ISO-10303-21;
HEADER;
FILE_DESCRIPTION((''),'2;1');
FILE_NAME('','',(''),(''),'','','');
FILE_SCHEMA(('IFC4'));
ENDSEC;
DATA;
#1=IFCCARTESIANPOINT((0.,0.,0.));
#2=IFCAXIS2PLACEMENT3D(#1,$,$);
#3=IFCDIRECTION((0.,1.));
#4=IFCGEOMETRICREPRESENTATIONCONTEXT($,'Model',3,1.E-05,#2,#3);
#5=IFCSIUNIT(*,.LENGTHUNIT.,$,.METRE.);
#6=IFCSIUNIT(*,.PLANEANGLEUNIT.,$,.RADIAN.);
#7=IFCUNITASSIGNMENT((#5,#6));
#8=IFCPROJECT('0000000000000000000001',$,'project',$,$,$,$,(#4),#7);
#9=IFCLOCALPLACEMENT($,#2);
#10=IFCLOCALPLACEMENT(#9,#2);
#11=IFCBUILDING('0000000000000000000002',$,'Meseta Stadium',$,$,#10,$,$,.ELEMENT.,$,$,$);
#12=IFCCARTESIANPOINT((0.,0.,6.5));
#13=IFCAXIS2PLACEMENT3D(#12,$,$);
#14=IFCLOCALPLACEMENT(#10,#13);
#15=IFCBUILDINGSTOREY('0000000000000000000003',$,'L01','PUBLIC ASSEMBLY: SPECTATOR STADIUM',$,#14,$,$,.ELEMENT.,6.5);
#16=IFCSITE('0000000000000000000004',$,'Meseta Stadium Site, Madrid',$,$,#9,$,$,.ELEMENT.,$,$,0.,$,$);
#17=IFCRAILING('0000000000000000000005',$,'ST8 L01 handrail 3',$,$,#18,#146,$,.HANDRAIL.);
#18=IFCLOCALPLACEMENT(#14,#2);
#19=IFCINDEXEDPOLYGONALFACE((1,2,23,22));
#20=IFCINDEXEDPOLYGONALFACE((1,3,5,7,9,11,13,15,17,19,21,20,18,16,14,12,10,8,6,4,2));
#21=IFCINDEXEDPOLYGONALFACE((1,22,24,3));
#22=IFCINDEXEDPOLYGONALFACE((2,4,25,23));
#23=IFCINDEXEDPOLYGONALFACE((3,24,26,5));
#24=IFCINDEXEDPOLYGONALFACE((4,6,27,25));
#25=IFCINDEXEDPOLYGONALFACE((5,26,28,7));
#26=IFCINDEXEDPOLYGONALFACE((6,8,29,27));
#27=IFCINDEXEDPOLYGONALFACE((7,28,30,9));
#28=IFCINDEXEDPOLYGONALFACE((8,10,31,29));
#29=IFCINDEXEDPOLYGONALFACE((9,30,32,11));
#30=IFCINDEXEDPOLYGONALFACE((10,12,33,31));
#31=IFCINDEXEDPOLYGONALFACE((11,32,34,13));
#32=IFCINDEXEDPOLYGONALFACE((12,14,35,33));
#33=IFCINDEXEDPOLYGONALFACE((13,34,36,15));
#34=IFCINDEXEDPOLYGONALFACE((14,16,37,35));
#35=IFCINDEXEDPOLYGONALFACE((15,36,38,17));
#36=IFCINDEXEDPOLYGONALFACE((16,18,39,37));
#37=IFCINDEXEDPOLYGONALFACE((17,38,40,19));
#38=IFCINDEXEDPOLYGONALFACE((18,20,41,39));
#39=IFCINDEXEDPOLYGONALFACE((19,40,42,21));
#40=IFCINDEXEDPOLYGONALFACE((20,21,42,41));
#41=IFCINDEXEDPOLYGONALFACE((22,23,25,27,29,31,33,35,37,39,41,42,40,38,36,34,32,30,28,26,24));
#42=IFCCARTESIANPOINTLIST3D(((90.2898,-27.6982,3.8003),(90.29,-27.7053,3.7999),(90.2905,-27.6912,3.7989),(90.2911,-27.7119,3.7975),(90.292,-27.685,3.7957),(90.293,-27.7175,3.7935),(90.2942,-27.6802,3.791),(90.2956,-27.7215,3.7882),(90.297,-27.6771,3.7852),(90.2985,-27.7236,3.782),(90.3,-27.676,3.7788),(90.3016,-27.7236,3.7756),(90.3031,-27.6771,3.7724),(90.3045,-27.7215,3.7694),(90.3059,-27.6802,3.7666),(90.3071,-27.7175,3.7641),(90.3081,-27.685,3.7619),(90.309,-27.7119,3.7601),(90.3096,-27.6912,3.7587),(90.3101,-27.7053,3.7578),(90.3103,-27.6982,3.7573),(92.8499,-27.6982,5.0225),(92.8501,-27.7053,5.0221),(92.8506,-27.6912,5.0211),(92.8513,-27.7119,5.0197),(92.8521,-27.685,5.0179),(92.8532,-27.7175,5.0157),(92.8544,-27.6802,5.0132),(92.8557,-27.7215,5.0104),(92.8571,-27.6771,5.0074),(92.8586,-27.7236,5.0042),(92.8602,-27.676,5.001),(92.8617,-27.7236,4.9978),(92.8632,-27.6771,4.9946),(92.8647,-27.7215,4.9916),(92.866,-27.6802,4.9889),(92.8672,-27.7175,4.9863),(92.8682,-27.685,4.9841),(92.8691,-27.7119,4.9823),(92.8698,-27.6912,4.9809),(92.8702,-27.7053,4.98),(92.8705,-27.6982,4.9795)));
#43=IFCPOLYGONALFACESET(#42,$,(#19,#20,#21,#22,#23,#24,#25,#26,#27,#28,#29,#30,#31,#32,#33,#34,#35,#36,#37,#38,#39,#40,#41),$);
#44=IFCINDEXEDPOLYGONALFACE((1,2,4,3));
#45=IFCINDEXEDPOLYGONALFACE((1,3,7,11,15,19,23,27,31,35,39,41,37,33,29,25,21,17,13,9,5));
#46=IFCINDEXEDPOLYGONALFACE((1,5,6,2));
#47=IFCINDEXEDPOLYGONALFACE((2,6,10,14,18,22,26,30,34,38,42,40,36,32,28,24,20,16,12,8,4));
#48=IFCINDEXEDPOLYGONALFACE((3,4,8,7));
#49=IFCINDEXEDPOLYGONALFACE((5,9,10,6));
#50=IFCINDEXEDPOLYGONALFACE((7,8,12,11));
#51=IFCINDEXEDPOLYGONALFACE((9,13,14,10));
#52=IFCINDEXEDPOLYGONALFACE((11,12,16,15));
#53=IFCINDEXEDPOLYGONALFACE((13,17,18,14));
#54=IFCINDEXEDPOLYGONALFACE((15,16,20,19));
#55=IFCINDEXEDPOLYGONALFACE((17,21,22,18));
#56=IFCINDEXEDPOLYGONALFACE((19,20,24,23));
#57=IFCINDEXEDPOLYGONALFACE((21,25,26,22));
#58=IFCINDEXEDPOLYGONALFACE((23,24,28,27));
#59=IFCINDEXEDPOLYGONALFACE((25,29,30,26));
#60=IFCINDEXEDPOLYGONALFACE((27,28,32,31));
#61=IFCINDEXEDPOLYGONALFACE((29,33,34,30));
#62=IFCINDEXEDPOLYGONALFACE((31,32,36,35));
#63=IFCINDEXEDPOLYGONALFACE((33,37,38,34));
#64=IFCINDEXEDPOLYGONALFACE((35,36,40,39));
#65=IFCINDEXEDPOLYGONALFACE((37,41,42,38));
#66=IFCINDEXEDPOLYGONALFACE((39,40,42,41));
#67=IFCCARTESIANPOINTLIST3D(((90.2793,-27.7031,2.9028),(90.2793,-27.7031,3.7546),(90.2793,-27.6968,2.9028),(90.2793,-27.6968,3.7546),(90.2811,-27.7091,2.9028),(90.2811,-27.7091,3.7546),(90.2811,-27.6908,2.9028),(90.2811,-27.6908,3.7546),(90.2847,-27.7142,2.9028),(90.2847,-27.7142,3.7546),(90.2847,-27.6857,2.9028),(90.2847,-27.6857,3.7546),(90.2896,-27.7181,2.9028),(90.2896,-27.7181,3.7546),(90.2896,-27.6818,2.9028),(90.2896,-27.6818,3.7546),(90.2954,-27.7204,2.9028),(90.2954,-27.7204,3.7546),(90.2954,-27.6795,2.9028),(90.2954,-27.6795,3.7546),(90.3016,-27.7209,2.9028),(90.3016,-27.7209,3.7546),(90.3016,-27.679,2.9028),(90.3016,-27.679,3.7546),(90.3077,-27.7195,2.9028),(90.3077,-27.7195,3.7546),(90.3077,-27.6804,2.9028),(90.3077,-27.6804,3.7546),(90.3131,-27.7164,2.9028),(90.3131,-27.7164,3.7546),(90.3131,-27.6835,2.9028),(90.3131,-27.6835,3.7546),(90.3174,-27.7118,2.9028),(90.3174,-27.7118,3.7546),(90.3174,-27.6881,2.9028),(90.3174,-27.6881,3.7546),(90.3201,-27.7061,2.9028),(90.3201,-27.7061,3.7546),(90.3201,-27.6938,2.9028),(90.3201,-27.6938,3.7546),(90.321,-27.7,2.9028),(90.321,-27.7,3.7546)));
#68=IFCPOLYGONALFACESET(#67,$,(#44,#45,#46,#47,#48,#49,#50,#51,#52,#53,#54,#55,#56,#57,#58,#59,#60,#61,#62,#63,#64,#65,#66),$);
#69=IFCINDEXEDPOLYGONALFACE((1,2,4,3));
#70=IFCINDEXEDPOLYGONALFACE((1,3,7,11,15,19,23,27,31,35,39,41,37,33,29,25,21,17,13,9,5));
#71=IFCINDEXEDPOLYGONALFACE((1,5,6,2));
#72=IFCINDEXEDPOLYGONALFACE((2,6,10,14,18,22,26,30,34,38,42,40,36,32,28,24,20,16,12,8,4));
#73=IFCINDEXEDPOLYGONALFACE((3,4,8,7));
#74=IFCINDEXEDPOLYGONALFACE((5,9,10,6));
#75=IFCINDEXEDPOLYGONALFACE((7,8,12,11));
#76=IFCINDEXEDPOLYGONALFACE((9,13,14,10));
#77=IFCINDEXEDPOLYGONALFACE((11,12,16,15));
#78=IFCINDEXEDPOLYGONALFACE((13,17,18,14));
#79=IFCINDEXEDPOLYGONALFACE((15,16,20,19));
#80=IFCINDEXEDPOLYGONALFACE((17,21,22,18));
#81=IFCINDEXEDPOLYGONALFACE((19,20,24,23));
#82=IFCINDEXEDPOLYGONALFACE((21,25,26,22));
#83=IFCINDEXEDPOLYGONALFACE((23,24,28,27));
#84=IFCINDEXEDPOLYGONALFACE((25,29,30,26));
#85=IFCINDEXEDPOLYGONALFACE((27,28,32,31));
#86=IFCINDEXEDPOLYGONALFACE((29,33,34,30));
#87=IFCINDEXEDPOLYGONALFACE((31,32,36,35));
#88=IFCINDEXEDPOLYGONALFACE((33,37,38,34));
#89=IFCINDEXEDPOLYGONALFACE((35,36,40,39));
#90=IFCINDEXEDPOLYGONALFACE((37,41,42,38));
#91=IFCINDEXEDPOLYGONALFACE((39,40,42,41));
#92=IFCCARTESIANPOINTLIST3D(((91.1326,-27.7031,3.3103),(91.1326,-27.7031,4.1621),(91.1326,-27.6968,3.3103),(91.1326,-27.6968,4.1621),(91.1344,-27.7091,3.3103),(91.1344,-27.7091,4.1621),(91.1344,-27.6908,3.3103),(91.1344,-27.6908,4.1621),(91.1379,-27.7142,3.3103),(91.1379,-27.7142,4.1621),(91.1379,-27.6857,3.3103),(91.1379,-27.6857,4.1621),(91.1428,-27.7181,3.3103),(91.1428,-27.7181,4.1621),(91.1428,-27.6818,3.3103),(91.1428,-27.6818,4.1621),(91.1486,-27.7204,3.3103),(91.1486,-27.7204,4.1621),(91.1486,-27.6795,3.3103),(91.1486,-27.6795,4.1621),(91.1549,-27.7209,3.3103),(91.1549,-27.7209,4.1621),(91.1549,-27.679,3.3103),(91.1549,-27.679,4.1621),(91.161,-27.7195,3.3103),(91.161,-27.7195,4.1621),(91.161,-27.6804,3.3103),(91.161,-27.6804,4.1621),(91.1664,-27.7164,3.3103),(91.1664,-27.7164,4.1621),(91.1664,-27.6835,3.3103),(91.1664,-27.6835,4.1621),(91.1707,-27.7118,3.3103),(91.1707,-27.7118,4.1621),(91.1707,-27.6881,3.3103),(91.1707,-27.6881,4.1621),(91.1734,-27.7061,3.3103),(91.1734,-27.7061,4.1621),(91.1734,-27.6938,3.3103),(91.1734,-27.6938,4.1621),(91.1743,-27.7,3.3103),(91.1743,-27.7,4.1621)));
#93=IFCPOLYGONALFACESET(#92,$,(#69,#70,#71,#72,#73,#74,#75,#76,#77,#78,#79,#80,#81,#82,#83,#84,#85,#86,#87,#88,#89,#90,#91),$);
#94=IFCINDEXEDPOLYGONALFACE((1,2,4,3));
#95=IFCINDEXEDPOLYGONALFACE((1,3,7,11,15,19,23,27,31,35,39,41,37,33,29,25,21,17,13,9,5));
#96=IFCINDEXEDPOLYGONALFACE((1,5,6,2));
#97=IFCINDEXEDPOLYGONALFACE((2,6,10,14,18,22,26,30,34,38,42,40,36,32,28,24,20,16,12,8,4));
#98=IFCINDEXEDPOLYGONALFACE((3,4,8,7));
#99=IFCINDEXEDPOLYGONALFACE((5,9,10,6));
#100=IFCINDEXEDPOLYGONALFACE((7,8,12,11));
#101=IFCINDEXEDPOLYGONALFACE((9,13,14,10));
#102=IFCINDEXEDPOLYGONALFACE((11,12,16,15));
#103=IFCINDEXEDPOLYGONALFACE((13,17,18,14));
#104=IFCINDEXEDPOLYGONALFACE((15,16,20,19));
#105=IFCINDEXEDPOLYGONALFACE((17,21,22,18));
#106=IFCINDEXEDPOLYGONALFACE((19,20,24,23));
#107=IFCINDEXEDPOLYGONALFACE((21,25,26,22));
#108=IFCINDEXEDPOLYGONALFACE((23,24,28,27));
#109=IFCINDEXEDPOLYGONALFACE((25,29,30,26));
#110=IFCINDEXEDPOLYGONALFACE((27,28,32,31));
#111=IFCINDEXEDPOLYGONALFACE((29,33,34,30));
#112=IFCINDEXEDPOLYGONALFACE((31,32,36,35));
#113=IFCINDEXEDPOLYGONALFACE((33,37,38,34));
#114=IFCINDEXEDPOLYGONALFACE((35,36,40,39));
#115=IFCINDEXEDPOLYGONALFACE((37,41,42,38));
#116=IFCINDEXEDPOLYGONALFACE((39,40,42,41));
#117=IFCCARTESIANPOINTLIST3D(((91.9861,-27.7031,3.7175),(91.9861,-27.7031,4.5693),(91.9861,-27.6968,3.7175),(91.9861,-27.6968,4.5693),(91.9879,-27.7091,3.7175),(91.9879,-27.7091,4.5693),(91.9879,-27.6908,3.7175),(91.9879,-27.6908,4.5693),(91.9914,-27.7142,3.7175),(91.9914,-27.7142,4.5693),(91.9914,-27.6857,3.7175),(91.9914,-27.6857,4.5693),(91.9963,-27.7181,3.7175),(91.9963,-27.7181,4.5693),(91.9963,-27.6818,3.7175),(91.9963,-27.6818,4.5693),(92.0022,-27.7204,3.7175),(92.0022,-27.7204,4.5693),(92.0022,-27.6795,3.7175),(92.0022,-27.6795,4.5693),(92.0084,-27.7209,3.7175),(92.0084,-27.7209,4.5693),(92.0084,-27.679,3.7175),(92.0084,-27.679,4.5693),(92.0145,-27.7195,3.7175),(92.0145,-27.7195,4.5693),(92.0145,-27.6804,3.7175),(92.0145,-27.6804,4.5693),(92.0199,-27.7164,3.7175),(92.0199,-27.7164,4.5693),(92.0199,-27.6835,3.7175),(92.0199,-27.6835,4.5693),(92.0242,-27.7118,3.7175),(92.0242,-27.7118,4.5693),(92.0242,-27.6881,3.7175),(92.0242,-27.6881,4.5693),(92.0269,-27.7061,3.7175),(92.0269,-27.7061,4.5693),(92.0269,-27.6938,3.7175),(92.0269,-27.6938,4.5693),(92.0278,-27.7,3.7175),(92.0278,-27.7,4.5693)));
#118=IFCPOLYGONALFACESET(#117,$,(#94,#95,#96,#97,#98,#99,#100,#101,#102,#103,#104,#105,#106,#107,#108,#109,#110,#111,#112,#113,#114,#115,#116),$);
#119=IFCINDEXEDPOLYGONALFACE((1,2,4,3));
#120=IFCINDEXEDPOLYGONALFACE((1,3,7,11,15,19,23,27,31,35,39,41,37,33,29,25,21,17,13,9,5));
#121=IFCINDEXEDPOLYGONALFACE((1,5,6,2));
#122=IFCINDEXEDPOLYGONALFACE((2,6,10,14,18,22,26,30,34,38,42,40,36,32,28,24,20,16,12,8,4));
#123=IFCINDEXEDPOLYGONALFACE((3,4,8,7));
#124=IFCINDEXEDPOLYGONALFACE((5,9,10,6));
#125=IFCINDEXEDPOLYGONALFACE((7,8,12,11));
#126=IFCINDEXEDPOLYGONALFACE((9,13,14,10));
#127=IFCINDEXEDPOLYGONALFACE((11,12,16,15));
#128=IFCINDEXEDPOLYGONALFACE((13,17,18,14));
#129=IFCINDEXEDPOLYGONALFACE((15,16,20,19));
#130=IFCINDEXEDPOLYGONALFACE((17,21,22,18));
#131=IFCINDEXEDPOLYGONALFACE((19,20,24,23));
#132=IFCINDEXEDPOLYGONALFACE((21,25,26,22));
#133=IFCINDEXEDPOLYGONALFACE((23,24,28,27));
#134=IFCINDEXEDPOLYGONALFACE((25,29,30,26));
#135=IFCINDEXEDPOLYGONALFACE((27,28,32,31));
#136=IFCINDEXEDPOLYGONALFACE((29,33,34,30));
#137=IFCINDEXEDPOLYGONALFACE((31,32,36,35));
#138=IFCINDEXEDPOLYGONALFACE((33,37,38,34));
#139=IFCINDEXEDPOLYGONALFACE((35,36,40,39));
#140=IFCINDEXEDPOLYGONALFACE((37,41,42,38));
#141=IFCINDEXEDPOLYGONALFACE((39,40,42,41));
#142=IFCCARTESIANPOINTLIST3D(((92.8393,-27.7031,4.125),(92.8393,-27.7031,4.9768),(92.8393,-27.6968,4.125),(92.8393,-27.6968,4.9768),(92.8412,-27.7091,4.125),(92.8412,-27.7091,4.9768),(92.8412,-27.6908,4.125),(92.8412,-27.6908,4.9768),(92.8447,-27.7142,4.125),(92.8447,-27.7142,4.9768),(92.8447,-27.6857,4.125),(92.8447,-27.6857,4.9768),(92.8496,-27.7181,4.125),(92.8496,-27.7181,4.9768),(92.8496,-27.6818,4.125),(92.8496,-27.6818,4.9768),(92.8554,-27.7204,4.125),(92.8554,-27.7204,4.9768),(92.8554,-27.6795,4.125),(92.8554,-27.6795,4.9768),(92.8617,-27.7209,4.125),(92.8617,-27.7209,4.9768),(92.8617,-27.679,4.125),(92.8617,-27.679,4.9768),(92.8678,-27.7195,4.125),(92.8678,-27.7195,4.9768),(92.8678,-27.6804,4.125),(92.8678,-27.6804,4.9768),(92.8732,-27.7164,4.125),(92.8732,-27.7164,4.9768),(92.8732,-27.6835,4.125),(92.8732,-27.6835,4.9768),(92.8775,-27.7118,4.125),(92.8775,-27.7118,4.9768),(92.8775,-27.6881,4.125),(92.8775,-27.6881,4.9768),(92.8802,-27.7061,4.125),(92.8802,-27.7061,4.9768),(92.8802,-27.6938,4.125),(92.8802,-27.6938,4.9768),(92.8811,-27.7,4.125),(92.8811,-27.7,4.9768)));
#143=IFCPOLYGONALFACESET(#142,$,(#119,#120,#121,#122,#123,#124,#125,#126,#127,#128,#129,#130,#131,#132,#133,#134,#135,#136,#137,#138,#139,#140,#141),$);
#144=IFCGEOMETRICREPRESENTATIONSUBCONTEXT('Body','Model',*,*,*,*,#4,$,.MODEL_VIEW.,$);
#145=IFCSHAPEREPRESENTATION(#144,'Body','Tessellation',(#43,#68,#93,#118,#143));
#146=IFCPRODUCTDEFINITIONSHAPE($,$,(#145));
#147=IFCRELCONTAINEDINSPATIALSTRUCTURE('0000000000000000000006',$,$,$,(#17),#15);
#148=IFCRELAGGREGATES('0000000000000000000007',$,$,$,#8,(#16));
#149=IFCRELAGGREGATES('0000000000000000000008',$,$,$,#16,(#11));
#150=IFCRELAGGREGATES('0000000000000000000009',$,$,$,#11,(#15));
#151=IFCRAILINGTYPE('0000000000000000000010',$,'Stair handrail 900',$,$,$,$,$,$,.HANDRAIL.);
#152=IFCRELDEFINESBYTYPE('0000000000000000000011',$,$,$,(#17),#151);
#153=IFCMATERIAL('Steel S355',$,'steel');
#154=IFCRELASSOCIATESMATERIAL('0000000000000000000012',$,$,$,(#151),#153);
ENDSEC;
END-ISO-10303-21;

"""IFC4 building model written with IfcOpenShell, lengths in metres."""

from ifc_helpers import new_model, si_unit, direction, frame, origin, origin_2d, place, context, subcontext, project, spatial, circle, extrude, material, type_object, element, save


model = new_model("IFC4")

# Units and contexts
model_context = context("Model", 3, precision=1e-05, world=origin(), true_north=direction((0.0, 1.0)))
body_context = subcontext(model_context, "Body", "Model", "MODEL_VIEW")
ifc_project = project(units=[si_unit("LENGTHUNIT", "METRE"), si_unit("PLANEANGLEUNIT", "RADIAN")], contexts=[model_context])

# Site, building, storey
site_placement = place(None, origin())
site = spatial("IfcSite", under=ifc_project, at=site_placement, Name="Meseta Stadium Site, Madrid", CompositionType="ELEMENT", RefElevation=0.0)
building_placement = place(site_placement, origin())
building = spatial("IfcBuilding", under=site, at=building_placement, Name="Meseta Stadium", CompositionType="ELEMENT")
storey_placement = place(building_placement, frame((0.0, 0.0, 6.5)))
storey = spatial("IfcBuildingStorey", under=building, at=storey_placement, Name="L01", Description="PUBLIC ASSEMBLY: SPECTATOR STADIUM", CompositionType="ELEMENT", Elevation=6.5)

# Railing
ifc_material_1 = material(Name="Steel S355", Category="steel")
railing_type_1 = type_object("IfcRailingType", Name="Stair handrail 900", PredefinedType="HANDRAIL", material=ifc_material_1)
for number, where, name in (
    (1, (90.3, -27.7, 2.9028), "ST8 L01 handrail 3"),
):
    element("IfcRailing", number, at=place(storey_placement, frame(where)), inside=storey, type_object=railing_type_1, Name=name, PredefinedType="HANDRAIL", context=body_context, shape_type="SweptSolid", body=[
        extrude(circle(Radius=0.0239, at=origin_2d()), frame((0.0, 0.0, 0.876), z_axis=(0.902437, 0.0, 0.430822), x_axis=(0.0, 1.0, 0.0)), (0.0, 0.0, 1.0), 2.8369),
        extrude(circle(Radius=0.021, at=origin_2d()), origin(), (0.0, 0.0, 1.0), 0.8518),
        extrude(circle(Radius=0.021, at=origin_2d()), frame((0.8533, 0.0, 0.4075)), (0.0, 0.0, 1.0), 0.8518),
        extrude(circle(Radius=0.021, at=origin_2d()), frame((1.7068, 0.0, 0.8147)), (0.0, 0.0, 1.0), 0.8518),
        extrude(circle(Radius=0.021, at=origin_2d()), frame((2.5601, 0.0, 1.2222)), (0.0, 0.0, 1.0), 0.8518),
    ])

save(model, "model.ifc")
